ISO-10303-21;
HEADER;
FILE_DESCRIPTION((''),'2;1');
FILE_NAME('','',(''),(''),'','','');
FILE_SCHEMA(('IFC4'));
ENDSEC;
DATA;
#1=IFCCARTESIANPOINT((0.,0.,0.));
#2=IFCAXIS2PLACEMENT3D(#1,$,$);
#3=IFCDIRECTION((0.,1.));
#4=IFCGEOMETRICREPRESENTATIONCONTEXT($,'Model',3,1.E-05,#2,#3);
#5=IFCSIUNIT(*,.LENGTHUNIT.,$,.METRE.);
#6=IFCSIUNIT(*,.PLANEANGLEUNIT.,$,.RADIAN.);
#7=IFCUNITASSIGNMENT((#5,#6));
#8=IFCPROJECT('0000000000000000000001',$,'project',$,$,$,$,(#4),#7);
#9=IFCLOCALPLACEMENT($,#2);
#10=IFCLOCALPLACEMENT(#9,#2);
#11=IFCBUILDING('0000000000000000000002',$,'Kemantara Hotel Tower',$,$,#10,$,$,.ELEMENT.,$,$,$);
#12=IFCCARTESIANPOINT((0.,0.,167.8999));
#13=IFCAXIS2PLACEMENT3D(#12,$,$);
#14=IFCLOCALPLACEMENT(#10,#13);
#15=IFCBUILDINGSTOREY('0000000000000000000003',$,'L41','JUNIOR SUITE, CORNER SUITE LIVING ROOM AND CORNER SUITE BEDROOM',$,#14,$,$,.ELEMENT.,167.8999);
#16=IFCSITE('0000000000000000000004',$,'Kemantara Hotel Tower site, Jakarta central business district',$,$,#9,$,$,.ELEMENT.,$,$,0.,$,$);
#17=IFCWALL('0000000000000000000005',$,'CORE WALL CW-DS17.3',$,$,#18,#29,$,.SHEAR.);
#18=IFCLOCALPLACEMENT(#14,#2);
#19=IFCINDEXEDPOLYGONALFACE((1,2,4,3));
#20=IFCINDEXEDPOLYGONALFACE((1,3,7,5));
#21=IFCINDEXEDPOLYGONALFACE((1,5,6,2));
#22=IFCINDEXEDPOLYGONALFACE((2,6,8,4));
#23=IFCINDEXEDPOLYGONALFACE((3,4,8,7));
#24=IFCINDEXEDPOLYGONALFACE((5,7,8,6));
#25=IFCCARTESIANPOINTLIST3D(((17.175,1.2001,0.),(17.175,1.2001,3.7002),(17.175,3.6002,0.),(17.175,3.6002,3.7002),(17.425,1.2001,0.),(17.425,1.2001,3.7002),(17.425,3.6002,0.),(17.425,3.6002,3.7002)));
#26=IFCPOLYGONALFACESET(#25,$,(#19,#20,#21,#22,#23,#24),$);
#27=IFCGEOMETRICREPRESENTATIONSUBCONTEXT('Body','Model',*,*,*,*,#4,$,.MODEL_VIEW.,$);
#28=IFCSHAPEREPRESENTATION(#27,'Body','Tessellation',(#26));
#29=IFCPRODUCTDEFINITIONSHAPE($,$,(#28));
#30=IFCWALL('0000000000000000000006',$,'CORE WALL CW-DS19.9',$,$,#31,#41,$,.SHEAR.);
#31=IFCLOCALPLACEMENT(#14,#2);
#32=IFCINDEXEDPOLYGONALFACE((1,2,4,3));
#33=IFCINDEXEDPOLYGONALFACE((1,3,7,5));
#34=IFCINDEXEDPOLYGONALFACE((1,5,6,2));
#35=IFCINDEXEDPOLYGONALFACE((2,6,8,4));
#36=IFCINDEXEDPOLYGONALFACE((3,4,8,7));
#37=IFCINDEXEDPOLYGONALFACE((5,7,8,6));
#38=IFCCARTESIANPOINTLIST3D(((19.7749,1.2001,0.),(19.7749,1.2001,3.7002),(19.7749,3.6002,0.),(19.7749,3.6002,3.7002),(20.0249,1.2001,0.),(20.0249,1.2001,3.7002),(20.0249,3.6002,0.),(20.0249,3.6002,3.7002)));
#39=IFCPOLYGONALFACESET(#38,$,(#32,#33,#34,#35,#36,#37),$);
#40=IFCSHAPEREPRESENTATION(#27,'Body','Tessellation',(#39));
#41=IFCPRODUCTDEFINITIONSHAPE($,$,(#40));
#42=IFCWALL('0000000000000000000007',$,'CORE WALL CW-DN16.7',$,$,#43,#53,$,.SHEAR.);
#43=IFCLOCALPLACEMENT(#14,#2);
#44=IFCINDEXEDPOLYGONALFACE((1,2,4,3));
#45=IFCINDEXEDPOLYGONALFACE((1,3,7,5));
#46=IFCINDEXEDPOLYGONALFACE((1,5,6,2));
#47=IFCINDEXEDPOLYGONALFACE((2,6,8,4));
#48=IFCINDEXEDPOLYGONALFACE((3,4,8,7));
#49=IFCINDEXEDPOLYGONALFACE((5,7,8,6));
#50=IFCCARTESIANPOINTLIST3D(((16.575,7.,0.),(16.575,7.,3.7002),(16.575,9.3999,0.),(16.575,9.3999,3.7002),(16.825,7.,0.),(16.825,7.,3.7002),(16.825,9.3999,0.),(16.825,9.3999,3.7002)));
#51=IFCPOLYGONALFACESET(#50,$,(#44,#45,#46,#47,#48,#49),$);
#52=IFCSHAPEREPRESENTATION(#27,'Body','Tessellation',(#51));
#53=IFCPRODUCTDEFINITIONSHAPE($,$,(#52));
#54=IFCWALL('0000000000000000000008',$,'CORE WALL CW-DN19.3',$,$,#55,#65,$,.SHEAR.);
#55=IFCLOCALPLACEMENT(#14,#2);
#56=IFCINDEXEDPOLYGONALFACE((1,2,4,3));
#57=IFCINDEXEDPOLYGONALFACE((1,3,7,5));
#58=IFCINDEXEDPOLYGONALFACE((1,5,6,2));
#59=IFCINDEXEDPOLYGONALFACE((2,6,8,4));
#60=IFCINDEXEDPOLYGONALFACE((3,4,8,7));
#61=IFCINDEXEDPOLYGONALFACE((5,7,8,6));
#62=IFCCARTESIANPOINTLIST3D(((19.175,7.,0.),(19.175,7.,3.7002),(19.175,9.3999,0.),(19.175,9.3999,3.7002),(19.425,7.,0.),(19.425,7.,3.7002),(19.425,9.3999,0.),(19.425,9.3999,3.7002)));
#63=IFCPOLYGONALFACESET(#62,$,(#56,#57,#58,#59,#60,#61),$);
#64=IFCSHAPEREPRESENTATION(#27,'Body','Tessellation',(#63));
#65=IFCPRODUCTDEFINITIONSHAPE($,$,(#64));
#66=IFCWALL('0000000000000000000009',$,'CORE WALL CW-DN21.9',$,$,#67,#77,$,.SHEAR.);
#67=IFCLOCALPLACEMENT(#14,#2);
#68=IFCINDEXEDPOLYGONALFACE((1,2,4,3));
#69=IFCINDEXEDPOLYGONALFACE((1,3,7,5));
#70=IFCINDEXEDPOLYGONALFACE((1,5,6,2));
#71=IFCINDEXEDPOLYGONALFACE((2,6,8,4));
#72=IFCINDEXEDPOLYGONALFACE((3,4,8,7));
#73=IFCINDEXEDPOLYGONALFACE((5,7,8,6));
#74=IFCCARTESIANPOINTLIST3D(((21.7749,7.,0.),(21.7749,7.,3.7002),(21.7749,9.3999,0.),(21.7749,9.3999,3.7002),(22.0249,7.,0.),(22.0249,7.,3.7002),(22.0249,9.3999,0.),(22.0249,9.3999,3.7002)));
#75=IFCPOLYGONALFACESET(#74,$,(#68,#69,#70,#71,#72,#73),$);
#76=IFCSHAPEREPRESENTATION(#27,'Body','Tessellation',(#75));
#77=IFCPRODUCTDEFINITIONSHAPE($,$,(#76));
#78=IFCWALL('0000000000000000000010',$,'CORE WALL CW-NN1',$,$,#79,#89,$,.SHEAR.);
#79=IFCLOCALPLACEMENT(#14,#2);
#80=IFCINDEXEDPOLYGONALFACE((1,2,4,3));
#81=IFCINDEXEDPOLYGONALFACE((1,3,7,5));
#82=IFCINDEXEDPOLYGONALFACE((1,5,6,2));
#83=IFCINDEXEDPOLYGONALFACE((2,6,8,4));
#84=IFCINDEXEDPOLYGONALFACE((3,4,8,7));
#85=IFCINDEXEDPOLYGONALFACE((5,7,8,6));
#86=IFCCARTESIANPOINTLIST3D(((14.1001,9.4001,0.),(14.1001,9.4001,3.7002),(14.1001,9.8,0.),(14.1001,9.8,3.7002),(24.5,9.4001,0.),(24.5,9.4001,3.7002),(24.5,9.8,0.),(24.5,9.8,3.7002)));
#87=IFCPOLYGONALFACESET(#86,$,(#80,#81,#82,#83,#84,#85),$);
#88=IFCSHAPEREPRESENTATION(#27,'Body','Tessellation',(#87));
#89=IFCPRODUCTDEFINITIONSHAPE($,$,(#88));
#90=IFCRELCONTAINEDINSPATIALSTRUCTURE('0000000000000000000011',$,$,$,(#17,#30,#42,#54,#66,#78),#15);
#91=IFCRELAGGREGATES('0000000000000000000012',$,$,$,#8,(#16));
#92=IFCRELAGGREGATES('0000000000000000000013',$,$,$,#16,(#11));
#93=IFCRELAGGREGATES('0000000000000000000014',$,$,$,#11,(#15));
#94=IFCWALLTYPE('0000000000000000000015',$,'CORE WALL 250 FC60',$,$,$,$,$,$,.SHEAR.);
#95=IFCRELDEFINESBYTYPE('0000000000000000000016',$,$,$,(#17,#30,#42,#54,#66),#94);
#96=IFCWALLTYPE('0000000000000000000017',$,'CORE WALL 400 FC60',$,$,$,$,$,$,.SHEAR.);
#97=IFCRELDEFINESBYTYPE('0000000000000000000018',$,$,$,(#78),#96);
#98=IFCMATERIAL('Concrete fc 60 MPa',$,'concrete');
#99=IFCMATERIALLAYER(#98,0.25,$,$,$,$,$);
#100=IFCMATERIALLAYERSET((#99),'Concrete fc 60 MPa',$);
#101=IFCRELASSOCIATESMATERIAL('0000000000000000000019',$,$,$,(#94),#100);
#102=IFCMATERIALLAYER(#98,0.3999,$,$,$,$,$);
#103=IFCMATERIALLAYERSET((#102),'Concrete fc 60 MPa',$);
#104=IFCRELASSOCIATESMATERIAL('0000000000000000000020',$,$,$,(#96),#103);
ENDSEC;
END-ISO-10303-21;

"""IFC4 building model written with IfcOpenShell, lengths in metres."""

from ifc_helpers import new_model, si_unit, direction, frame, frame_2d, origin, place, context, subcontext, project, spatial, rectangle, extrude, material, layer, layer_set, type_object, element, save


model = new_model("IFC4")

# Units and contexts
model_context = context("Model", 3, precision=1e-05, world=origin(), true_north=direction((0.0, 1.0)))
body_context = subcontext(model_context, "Body", "Model", "MODEL_VIEW")
ifc_project = project(units=[si_unit("LENGTHUNIT", "METRE"), si_unit("PLANEANGLEUNIT", "RADIAN")], contexts=[model_context])

# Site, building, storey
site_placement = place(None, origin())
site = spatial("IfcSite", under=ifc_project, at=site_placement, Name="Kemantara Hotel Tower site, Jakarta central business district", CompositionType="ELEMENT", RefElevation=0.0)
building_placement = place(site_placement, origin())
building = spatial("IfcBuilding", under=site, at=building_placement, Name="Kemantara Hotel Tower", CompositionType="ELEMENT")
storey_placement = place(building_placement, frame((0.0, 0.0, 167.8999)))
storey = spatial("IfcBuildingStorey", under=building, at=storey_placement, Name="L41", Description="JUNIOR SUITE, CORNER SUITE LIVING ROOM AND CORNER SUITE BEDROOM", CompositionType="ELEMENT", Elevation=167.8999)

# Walls
ifc_material_1 = material(Name="Concrete fc 60 MPa", Category="concrete")
ifc_layer_1 = layer(ifc_material_1, 0.25)
ifc_layer_set_1 = layer_set([ifc_layer_1], Name="Concrete fc 60 MPa")
wall_type_1 = type_object("IfcWallType", Name="CORE WALL 250 FC60", PredefinedType="SHEAR", material=ifc_layer_set_1)
for number, where, z_axis, x_axis, name in (
    (1, (17.3, 1.2, 0.0), (0.0, 0.0, 1.0), (0.0, 1.0, 0.0), "CORE WALL CW-DS17.3"),
    (2, (19.8999, 1.2, 0.0), (0.0, 0.0, 1.0), (0.0, 1.0, 0.0), "CORE WALL CW-DS19.9"),
):
    element("IfcWall", number, at=place(storey_placement, frame(where, z_axis=z_axis, x_axis=x_axis)), inside=storey, type_object=wall_type_1, Name=name, PredefinedType="SHEAR", context=body_context, shape_type="SweptSolid", body=[
        extrude(rectangle(XDim=2.4001, YDim=0.25, at=frame_2d((1.2002, 0.0))), origin(), (0.0, 0.0, 1.0), 3.7002),
    ])
for number, where, z_axis, x_axis, name in (
    (3, (16.7, 7.0, 0.0), (0.0, 0.0, 1.0), (0.0, 1.0, 0.0), "CORE WALL CW-DN16.7"),
    (4, (19.3, 7.0, 0.0), (0.0, 0.0, 1.0), (0.0, 1.0, 0.0), "CORE WALL CW-DN19.3"),
    (5, (21.8999, 7.0, 0.0), (0.0, 0.0, 1.0), (0.0, 1.0, 0.0), "CORE WALL CW-DN21.9"),
):
    element("IfcWall", number, at=place(storey_placement, frame(where, z_axis=z_axis, x_axis=x_axis)), inside=storey, type_object=wall_type_1, Name=name, PredefinedType="SHEAR", context=body_context, shape_type="SweptSolid", body=[
        extrude(rectangle(XDim=2.3999, YDim=0.25, at=frame_2d((1.2, 0.0))), origin(), (0.0, 0.0, 1.0), 3.7002),
    ])
ifc_layer_2 = layer(ifc_material_1, 0.3999)
ifc_layer_set_2 = layer_set([ifc_layer_2], Name="Concrete fc 60 MPa")
wall_type_2 = type_object("IfcWallType", Name="CORE WALL 400 FC60", PredefinedType="SHEAR", material=ifc_layer_set_2)
wall_1_placement = place(storey_placement, frame((14.1001, 9.6001, 0.0), z_axis=(0.0, 0.0, 1.0), x_axis=(1.0, 0.0, 0.0)))
element("IfcWall", 6, at=wall_1_placement, inside=storey, type_object=wall_type_2, Name="CORE WALL CW-NN1", PredefinedType="SHEAR", context=body_context, shape_type="SweptSolid", body=[
    extrude(rectangle(XDim=10.3999, YDim=0.3999, at=frame_2d((5.2, 0.0))), origin(), (0.0, 0.0, 1.0), 3.7002),
])

save(model, "model.ifc")
